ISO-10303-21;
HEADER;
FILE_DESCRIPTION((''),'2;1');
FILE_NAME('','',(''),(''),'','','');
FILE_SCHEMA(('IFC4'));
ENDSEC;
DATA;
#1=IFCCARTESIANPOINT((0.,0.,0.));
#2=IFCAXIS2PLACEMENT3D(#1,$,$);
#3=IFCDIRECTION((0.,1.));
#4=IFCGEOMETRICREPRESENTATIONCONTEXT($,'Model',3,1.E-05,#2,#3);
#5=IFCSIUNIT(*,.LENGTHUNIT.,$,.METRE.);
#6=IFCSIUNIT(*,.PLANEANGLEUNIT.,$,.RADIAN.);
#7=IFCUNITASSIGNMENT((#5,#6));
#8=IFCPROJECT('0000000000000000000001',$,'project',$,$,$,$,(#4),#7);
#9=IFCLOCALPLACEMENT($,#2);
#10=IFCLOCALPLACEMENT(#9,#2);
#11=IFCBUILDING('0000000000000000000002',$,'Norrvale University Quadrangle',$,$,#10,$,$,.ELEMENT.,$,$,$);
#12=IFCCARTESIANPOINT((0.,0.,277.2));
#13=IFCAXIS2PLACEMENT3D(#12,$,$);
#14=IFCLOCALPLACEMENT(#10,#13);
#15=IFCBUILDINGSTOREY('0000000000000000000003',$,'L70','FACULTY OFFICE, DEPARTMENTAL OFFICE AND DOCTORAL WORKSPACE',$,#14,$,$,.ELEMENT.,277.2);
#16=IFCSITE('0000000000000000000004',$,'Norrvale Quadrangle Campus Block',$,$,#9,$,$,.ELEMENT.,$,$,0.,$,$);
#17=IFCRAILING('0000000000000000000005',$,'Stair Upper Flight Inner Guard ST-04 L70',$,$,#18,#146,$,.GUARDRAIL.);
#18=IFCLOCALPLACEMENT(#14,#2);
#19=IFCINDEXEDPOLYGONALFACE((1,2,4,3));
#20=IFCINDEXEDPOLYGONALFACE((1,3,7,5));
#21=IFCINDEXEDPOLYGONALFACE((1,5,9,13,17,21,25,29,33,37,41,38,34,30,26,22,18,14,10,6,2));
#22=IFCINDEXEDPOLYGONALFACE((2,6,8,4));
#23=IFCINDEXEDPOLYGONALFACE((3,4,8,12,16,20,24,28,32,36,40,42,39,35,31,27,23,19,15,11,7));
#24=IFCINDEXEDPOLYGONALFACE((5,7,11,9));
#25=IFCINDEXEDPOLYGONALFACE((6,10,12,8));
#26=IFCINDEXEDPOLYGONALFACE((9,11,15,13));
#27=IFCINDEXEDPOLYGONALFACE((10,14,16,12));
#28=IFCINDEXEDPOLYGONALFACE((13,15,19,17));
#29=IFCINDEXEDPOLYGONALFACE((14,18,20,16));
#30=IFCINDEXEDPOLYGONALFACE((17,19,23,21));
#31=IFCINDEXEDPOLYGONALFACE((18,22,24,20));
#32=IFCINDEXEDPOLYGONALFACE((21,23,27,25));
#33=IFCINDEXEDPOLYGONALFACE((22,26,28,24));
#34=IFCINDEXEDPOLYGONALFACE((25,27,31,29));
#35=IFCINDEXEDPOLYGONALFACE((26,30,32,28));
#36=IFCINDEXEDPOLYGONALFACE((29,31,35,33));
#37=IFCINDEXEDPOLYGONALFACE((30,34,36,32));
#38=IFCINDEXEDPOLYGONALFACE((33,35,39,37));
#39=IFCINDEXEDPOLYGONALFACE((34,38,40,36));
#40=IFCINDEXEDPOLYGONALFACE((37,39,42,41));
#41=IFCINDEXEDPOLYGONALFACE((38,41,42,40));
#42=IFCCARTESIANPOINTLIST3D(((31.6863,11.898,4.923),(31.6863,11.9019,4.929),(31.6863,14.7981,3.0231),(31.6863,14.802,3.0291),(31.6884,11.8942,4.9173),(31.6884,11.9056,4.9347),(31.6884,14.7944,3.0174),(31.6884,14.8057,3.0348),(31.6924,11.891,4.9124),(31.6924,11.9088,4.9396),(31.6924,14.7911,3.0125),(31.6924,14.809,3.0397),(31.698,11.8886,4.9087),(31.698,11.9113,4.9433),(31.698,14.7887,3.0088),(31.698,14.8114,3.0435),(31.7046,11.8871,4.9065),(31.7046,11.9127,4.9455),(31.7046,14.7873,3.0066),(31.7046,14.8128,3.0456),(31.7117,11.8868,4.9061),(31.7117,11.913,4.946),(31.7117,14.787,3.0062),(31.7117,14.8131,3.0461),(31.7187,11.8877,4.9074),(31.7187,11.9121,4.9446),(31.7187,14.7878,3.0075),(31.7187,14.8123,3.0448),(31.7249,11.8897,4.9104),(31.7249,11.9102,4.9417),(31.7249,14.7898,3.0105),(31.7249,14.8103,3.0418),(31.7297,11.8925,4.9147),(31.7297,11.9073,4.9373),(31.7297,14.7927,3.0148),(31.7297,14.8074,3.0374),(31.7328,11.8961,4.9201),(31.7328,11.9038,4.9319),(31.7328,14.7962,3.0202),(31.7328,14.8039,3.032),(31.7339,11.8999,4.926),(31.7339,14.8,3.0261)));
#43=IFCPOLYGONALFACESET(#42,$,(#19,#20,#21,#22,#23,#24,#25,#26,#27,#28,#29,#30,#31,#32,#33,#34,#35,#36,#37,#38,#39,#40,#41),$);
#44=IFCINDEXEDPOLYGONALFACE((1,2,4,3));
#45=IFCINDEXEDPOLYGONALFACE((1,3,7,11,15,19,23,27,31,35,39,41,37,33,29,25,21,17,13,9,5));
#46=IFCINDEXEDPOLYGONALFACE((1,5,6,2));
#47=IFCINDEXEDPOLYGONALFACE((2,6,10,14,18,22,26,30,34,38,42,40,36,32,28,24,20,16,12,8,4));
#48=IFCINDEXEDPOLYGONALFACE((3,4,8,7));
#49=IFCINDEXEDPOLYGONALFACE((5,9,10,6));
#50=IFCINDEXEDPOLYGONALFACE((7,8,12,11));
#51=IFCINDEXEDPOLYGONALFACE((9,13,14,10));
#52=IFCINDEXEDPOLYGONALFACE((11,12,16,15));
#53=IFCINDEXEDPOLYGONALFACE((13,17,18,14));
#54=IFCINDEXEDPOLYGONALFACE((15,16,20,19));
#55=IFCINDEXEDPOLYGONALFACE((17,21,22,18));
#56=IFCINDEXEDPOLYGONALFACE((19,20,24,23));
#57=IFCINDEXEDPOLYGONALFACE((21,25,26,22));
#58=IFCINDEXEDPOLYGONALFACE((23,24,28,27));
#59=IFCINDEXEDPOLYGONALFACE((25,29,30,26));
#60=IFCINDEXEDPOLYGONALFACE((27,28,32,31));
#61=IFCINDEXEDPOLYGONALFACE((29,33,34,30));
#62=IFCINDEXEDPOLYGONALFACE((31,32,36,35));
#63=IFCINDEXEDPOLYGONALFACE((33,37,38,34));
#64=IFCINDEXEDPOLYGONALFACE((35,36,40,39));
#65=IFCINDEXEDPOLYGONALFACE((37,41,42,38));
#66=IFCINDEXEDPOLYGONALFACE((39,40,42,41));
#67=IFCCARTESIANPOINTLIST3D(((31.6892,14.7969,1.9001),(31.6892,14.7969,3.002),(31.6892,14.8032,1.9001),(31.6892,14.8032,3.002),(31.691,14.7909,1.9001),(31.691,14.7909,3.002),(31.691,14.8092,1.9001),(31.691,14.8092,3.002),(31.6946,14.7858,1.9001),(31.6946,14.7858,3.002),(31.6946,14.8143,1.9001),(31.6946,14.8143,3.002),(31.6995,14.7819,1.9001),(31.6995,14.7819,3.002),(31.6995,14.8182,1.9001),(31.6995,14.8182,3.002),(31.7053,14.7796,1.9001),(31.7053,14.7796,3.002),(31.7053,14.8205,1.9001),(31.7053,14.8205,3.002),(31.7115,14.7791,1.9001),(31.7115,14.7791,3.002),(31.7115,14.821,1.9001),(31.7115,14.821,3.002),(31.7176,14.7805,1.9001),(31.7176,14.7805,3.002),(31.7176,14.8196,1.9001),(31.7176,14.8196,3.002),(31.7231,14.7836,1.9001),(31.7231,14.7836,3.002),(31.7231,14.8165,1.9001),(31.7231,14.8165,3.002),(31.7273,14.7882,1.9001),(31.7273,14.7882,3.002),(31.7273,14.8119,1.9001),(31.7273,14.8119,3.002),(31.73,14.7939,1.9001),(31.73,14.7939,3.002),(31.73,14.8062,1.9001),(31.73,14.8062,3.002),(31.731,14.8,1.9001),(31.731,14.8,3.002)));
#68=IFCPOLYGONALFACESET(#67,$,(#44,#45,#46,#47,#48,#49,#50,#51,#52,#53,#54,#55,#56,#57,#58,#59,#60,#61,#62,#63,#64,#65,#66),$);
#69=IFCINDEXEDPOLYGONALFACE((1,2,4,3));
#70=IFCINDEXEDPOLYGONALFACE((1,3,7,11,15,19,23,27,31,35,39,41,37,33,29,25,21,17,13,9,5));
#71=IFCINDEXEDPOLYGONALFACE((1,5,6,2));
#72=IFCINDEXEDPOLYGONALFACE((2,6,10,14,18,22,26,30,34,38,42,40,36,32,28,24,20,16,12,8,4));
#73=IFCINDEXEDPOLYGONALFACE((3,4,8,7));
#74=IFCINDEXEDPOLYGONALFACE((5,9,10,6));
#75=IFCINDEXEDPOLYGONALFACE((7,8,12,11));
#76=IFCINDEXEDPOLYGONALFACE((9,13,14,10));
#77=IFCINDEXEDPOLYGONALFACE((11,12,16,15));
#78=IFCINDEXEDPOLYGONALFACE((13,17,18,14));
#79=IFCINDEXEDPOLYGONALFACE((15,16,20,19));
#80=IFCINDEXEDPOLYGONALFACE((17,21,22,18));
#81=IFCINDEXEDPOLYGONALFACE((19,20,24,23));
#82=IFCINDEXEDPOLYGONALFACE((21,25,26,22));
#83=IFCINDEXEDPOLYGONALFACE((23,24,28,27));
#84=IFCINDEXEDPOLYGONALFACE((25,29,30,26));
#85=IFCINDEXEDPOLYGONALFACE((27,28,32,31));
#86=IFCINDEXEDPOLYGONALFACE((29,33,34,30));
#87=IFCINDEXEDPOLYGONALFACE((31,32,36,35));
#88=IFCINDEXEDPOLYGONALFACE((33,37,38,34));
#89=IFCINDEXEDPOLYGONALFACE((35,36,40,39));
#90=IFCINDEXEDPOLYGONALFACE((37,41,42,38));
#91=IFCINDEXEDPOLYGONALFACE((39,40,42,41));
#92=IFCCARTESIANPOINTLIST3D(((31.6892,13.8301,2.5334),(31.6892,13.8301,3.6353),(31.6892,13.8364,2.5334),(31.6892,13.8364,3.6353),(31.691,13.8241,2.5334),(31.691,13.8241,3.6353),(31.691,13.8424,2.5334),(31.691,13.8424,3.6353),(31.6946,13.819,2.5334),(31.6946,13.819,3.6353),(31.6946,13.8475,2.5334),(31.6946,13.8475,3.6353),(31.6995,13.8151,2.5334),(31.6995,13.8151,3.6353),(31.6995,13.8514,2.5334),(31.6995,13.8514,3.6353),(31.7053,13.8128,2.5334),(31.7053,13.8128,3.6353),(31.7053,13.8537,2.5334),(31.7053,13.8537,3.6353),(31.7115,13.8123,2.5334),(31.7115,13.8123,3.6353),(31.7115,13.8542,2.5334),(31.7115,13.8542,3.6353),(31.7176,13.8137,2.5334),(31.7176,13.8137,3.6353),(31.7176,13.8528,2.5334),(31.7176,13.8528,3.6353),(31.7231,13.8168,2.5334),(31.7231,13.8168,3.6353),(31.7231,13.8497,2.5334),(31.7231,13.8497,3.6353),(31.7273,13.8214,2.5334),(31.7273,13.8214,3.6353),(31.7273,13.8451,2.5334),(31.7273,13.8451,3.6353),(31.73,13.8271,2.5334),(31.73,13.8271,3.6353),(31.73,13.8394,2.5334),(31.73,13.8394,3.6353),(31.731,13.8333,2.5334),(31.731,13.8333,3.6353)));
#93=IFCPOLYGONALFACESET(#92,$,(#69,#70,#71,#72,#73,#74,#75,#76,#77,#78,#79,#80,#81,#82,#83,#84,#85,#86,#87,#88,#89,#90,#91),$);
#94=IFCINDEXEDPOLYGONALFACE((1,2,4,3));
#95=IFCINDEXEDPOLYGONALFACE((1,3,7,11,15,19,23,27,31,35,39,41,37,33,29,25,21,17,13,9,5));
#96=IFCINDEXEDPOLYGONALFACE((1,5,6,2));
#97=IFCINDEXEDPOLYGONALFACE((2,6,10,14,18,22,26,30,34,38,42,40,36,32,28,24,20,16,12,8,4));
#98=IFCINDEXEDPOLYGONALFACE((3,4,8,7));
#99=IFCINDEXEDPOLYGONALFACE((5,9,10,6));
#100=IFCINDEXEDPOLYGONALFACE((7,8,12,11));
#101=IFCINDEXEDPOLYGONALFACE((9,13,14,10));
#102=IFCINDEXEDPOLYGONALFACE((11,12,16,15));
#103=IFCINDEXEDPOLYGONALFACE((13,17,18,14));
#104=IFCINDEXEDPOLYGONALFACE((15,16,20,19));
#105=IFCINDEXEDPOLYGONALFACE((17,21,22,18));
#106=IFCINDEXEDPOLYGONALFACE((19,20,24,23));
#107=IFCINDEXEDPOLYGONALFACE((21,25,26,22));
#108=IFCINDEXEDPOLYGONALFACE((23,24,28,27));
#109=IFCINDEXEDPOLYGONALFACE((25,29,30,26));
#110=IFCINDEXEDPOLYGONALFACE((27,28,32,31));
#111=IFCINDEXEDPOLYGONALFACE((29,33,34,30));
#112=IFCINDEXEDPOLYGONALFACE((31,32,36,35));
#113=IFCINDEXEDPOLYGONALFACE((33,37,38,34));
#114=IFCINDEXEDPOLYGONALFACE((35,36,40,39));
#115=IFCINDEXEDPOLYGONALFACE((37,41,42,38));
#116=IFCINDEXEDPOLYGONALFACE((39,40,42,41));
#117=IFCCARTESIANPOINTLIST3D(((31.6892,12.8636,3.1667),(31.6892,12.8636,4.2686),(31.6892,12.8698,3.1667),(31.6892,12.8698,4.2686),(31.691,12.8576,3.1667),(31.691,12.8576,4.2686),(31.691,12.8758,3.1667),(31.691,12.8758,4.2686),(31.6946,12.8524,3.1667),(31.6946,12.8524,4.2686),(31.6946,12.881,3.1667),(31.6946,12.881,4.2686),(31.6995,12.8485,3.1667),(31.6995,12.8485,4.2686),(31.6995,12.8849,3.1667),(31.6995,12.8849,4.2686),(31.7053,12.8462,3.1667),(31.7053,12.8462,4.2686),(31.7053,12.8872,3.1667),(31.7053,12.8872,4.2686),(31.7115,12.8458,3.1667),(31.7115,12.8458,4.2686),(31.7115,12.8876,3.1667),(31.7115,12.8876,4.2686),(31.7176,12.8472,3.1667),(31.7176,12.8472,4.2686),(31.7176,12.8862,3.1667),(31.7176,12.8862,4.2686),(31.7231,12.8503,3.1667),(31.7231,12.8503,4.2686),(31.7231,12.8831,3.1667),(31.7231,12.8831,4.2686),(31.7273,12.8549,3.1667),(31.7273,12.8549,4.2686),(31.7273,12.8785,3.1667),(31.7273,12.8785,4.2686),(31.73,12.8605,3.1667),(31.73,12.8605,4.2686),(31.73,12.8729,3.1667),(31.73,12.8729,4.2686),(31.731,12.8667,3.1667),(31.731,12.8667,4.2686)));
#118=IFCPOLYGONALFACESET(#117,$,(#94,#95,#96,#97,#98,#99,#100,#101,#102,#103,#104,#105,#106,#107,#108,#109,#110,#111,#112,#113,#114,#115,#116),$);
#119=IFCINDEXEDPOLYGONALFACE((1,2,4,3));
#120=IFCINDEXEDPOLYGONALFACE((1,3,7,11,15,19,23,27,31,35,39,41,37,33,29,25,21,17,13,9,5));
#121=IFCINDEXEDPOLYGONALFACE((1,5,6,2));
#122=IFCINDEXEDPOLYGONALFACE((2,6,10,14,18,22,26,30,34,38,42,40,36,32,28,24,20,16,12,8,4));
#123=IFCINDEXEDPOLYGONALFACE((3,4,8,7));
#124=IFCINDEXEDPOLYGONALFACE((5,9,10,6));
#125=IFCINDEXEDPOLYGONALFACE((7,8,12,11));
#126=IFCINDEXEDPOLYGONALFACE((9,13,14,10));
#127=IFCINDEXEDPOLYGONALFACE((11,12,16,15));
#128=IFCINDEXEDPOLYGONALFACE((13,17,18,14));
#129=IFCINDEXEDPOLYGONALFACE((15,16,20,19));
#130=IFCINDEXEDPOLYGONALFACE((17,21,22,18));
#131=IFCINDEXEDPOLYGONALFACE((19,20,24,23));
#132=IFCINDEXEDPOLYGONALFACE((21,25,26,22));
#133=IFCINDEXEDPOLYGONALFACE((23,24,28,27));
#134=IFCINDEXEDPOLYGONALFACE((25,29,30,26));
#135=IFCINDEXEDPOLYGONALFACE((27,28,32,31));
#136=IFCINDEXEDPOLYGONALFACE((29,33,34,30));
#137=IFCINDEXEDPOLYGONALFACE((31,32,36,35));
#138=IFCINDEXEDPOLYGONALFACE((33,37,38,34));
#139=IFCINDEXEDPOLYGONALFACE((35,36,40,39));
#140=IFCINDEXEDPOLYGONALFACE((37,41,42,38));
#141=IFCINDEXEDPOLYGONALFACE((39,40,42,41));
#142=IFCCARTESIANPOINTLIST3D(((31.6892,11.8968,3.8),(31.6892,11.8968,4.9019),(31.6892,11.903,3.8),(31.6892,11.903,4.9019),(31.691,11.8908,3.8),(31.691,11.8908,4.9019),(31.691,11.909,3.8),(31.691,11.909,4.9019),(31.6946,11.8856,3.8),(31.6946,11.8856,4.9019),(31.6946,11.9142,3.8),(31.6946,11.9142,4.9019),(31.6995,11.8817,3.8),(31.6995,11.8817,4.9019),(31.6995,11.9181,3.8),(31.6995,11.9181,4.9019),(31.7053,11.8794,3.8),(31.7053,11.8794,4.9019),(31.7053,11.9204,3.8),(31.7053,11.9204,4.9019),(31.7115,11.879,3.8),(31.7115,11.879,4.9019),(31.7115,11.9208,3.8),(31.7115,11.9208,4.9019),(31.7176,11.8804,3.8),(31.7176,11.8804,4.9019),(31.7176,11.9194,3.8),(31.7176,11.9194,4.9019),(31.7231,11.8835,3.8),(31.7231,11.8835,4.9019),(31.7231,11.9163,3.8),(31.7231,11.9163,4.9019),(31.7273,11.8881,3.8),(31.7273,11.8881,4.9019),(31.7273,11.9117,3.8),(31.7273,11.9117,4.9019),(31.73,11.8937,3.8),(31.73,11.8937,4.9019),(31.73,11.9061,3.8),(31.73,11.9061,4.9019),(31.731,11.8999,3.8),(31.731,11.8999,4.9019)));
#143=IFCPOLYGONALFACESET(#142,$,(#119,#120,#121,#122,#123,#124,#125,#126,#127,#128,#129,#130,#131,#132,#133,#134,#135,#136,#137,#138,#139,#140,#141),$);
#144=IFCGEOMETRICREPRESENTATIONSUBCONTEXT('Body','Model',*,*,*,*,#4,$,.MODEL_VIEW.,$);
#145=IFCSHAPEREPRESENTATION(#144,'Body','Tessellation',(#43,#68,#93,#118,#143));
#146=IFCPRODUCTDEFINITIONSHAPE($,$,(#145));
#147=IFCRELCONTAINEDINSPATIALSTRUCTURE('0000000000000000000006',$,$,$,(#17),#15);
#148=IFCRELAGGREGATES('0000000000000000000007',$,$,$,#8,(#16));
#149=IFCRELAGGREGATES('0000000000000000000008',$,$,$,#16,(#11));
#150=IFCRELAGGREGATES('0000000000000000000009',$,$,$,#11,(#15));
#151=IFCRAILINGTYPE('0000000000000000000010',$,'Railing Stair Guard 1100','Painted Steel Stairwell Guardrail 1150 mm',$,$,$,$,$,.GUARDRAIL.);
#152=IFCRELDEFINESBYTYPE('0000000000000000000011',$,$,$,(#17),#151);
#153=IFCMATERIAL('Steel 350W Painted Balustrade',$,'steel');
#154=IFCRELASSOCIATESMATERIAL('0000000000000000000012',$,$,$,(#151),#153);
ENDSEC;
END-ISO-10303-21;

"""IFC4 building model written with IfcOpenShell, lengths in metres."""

from ifc_helpers import new_model, si_unit, direction, frame, origin, origin_2d, place, context, subcontext, project, spatial, circle, extrude, material, type_object, element, save


model = new_model("IFC4")

# Units and contexts
model_context = context("Model", 3, precision=1e-05, world=origin(), true_north=direction((0.0, 1.0)))
body_context = subcontext(model_context, "Body", "Model", "MODEL_VIEW")
ifc_project = project(units=[si_unit("LENGTHUNIT", "METRE"), si_unit("PLANEANGLEUNIT", "RADIAN")], contexts=[model_context])

# Site, building, storey
site_placement = place(None, origin())
site = spatial("IfcSite", under=ifc_project, at=site_placement, Name="Norrvale Quadrangle Campus Block", CompositionType="ELEMENT", RefElevation=0.0)
building_placement = place(site_placement, origin())
building = spatial("IfcBuilding", under=site, at=building_placement, Name="Norrvale University Quadrangle", CompositionType="ELEMENT")
storey_placement = place(building_placement, frame((0.0, 0.0, 277.2)))
storey = spatial("IfcBuildingStorey", under=building, at=storey_placement, Name="L70", Description="FACULTY OFFICE, DEPARTMENTAL OFFICE AND DOCTORAL WORKSPACE", CompositionType="ELEMENT", Elevation=277.2)

# Railing
ifc_material_1 = material(Name="Steel 350W Painted Balustrade", Category="steel")
railing_type_1 = type_object("IfcRailingType", Name="Railing Stair Guard 1100", Description="Painted Steel Stairwell Guardrail 1150 mm", PredefinedType="GUARDRAIL", material=ifc_material_1)
railing_1_placement = place(storey_placement, frame((31.71, 14.8, 1.9001)))
element("IfcRailing", 1, at=railing_1_placement, inside=storey, type_object=railing_type_1, Name="Stair Upper Flight Inner Guard ST-04 L70", PredefinedType="GUARDRAIL", context=body_context, shape_type="SweptSolid", body=[
    extrude(circle(Radius=0.0239, at=origin_2d()), frame((0.0, 0.0, 1.126), z_axis=(0.0, -0.836487, 0.547987), x_axis=(1.0, 0.0, 0.0)), (0.0, 0.0, 1.0), 3.467),
    extrude(circle(Radius=0.021, at=origin_2d()), origin(), (0.0, 0.0, 1.0), 1.1018),
    extrude(circle(Radius=0.021, at=origin_2d()), frame((0.0, -0.9668, 0.6333)), (0.0, 0.0, 1.0), 1.1018),
    extrude(circle(Radius=0.021, at=origin_2d()), frame((0.0, -1.9333, 1.2666)), (0.0, 0.0, 1.0), 1.1018),
    extrude(circle(Radius=0.021, at=origin_2d()), frame((0.0, -2.9001, 1.8999)), (0.0, 0.0, 1.0), 1.1018),
])

save(model, "model.ifc")
